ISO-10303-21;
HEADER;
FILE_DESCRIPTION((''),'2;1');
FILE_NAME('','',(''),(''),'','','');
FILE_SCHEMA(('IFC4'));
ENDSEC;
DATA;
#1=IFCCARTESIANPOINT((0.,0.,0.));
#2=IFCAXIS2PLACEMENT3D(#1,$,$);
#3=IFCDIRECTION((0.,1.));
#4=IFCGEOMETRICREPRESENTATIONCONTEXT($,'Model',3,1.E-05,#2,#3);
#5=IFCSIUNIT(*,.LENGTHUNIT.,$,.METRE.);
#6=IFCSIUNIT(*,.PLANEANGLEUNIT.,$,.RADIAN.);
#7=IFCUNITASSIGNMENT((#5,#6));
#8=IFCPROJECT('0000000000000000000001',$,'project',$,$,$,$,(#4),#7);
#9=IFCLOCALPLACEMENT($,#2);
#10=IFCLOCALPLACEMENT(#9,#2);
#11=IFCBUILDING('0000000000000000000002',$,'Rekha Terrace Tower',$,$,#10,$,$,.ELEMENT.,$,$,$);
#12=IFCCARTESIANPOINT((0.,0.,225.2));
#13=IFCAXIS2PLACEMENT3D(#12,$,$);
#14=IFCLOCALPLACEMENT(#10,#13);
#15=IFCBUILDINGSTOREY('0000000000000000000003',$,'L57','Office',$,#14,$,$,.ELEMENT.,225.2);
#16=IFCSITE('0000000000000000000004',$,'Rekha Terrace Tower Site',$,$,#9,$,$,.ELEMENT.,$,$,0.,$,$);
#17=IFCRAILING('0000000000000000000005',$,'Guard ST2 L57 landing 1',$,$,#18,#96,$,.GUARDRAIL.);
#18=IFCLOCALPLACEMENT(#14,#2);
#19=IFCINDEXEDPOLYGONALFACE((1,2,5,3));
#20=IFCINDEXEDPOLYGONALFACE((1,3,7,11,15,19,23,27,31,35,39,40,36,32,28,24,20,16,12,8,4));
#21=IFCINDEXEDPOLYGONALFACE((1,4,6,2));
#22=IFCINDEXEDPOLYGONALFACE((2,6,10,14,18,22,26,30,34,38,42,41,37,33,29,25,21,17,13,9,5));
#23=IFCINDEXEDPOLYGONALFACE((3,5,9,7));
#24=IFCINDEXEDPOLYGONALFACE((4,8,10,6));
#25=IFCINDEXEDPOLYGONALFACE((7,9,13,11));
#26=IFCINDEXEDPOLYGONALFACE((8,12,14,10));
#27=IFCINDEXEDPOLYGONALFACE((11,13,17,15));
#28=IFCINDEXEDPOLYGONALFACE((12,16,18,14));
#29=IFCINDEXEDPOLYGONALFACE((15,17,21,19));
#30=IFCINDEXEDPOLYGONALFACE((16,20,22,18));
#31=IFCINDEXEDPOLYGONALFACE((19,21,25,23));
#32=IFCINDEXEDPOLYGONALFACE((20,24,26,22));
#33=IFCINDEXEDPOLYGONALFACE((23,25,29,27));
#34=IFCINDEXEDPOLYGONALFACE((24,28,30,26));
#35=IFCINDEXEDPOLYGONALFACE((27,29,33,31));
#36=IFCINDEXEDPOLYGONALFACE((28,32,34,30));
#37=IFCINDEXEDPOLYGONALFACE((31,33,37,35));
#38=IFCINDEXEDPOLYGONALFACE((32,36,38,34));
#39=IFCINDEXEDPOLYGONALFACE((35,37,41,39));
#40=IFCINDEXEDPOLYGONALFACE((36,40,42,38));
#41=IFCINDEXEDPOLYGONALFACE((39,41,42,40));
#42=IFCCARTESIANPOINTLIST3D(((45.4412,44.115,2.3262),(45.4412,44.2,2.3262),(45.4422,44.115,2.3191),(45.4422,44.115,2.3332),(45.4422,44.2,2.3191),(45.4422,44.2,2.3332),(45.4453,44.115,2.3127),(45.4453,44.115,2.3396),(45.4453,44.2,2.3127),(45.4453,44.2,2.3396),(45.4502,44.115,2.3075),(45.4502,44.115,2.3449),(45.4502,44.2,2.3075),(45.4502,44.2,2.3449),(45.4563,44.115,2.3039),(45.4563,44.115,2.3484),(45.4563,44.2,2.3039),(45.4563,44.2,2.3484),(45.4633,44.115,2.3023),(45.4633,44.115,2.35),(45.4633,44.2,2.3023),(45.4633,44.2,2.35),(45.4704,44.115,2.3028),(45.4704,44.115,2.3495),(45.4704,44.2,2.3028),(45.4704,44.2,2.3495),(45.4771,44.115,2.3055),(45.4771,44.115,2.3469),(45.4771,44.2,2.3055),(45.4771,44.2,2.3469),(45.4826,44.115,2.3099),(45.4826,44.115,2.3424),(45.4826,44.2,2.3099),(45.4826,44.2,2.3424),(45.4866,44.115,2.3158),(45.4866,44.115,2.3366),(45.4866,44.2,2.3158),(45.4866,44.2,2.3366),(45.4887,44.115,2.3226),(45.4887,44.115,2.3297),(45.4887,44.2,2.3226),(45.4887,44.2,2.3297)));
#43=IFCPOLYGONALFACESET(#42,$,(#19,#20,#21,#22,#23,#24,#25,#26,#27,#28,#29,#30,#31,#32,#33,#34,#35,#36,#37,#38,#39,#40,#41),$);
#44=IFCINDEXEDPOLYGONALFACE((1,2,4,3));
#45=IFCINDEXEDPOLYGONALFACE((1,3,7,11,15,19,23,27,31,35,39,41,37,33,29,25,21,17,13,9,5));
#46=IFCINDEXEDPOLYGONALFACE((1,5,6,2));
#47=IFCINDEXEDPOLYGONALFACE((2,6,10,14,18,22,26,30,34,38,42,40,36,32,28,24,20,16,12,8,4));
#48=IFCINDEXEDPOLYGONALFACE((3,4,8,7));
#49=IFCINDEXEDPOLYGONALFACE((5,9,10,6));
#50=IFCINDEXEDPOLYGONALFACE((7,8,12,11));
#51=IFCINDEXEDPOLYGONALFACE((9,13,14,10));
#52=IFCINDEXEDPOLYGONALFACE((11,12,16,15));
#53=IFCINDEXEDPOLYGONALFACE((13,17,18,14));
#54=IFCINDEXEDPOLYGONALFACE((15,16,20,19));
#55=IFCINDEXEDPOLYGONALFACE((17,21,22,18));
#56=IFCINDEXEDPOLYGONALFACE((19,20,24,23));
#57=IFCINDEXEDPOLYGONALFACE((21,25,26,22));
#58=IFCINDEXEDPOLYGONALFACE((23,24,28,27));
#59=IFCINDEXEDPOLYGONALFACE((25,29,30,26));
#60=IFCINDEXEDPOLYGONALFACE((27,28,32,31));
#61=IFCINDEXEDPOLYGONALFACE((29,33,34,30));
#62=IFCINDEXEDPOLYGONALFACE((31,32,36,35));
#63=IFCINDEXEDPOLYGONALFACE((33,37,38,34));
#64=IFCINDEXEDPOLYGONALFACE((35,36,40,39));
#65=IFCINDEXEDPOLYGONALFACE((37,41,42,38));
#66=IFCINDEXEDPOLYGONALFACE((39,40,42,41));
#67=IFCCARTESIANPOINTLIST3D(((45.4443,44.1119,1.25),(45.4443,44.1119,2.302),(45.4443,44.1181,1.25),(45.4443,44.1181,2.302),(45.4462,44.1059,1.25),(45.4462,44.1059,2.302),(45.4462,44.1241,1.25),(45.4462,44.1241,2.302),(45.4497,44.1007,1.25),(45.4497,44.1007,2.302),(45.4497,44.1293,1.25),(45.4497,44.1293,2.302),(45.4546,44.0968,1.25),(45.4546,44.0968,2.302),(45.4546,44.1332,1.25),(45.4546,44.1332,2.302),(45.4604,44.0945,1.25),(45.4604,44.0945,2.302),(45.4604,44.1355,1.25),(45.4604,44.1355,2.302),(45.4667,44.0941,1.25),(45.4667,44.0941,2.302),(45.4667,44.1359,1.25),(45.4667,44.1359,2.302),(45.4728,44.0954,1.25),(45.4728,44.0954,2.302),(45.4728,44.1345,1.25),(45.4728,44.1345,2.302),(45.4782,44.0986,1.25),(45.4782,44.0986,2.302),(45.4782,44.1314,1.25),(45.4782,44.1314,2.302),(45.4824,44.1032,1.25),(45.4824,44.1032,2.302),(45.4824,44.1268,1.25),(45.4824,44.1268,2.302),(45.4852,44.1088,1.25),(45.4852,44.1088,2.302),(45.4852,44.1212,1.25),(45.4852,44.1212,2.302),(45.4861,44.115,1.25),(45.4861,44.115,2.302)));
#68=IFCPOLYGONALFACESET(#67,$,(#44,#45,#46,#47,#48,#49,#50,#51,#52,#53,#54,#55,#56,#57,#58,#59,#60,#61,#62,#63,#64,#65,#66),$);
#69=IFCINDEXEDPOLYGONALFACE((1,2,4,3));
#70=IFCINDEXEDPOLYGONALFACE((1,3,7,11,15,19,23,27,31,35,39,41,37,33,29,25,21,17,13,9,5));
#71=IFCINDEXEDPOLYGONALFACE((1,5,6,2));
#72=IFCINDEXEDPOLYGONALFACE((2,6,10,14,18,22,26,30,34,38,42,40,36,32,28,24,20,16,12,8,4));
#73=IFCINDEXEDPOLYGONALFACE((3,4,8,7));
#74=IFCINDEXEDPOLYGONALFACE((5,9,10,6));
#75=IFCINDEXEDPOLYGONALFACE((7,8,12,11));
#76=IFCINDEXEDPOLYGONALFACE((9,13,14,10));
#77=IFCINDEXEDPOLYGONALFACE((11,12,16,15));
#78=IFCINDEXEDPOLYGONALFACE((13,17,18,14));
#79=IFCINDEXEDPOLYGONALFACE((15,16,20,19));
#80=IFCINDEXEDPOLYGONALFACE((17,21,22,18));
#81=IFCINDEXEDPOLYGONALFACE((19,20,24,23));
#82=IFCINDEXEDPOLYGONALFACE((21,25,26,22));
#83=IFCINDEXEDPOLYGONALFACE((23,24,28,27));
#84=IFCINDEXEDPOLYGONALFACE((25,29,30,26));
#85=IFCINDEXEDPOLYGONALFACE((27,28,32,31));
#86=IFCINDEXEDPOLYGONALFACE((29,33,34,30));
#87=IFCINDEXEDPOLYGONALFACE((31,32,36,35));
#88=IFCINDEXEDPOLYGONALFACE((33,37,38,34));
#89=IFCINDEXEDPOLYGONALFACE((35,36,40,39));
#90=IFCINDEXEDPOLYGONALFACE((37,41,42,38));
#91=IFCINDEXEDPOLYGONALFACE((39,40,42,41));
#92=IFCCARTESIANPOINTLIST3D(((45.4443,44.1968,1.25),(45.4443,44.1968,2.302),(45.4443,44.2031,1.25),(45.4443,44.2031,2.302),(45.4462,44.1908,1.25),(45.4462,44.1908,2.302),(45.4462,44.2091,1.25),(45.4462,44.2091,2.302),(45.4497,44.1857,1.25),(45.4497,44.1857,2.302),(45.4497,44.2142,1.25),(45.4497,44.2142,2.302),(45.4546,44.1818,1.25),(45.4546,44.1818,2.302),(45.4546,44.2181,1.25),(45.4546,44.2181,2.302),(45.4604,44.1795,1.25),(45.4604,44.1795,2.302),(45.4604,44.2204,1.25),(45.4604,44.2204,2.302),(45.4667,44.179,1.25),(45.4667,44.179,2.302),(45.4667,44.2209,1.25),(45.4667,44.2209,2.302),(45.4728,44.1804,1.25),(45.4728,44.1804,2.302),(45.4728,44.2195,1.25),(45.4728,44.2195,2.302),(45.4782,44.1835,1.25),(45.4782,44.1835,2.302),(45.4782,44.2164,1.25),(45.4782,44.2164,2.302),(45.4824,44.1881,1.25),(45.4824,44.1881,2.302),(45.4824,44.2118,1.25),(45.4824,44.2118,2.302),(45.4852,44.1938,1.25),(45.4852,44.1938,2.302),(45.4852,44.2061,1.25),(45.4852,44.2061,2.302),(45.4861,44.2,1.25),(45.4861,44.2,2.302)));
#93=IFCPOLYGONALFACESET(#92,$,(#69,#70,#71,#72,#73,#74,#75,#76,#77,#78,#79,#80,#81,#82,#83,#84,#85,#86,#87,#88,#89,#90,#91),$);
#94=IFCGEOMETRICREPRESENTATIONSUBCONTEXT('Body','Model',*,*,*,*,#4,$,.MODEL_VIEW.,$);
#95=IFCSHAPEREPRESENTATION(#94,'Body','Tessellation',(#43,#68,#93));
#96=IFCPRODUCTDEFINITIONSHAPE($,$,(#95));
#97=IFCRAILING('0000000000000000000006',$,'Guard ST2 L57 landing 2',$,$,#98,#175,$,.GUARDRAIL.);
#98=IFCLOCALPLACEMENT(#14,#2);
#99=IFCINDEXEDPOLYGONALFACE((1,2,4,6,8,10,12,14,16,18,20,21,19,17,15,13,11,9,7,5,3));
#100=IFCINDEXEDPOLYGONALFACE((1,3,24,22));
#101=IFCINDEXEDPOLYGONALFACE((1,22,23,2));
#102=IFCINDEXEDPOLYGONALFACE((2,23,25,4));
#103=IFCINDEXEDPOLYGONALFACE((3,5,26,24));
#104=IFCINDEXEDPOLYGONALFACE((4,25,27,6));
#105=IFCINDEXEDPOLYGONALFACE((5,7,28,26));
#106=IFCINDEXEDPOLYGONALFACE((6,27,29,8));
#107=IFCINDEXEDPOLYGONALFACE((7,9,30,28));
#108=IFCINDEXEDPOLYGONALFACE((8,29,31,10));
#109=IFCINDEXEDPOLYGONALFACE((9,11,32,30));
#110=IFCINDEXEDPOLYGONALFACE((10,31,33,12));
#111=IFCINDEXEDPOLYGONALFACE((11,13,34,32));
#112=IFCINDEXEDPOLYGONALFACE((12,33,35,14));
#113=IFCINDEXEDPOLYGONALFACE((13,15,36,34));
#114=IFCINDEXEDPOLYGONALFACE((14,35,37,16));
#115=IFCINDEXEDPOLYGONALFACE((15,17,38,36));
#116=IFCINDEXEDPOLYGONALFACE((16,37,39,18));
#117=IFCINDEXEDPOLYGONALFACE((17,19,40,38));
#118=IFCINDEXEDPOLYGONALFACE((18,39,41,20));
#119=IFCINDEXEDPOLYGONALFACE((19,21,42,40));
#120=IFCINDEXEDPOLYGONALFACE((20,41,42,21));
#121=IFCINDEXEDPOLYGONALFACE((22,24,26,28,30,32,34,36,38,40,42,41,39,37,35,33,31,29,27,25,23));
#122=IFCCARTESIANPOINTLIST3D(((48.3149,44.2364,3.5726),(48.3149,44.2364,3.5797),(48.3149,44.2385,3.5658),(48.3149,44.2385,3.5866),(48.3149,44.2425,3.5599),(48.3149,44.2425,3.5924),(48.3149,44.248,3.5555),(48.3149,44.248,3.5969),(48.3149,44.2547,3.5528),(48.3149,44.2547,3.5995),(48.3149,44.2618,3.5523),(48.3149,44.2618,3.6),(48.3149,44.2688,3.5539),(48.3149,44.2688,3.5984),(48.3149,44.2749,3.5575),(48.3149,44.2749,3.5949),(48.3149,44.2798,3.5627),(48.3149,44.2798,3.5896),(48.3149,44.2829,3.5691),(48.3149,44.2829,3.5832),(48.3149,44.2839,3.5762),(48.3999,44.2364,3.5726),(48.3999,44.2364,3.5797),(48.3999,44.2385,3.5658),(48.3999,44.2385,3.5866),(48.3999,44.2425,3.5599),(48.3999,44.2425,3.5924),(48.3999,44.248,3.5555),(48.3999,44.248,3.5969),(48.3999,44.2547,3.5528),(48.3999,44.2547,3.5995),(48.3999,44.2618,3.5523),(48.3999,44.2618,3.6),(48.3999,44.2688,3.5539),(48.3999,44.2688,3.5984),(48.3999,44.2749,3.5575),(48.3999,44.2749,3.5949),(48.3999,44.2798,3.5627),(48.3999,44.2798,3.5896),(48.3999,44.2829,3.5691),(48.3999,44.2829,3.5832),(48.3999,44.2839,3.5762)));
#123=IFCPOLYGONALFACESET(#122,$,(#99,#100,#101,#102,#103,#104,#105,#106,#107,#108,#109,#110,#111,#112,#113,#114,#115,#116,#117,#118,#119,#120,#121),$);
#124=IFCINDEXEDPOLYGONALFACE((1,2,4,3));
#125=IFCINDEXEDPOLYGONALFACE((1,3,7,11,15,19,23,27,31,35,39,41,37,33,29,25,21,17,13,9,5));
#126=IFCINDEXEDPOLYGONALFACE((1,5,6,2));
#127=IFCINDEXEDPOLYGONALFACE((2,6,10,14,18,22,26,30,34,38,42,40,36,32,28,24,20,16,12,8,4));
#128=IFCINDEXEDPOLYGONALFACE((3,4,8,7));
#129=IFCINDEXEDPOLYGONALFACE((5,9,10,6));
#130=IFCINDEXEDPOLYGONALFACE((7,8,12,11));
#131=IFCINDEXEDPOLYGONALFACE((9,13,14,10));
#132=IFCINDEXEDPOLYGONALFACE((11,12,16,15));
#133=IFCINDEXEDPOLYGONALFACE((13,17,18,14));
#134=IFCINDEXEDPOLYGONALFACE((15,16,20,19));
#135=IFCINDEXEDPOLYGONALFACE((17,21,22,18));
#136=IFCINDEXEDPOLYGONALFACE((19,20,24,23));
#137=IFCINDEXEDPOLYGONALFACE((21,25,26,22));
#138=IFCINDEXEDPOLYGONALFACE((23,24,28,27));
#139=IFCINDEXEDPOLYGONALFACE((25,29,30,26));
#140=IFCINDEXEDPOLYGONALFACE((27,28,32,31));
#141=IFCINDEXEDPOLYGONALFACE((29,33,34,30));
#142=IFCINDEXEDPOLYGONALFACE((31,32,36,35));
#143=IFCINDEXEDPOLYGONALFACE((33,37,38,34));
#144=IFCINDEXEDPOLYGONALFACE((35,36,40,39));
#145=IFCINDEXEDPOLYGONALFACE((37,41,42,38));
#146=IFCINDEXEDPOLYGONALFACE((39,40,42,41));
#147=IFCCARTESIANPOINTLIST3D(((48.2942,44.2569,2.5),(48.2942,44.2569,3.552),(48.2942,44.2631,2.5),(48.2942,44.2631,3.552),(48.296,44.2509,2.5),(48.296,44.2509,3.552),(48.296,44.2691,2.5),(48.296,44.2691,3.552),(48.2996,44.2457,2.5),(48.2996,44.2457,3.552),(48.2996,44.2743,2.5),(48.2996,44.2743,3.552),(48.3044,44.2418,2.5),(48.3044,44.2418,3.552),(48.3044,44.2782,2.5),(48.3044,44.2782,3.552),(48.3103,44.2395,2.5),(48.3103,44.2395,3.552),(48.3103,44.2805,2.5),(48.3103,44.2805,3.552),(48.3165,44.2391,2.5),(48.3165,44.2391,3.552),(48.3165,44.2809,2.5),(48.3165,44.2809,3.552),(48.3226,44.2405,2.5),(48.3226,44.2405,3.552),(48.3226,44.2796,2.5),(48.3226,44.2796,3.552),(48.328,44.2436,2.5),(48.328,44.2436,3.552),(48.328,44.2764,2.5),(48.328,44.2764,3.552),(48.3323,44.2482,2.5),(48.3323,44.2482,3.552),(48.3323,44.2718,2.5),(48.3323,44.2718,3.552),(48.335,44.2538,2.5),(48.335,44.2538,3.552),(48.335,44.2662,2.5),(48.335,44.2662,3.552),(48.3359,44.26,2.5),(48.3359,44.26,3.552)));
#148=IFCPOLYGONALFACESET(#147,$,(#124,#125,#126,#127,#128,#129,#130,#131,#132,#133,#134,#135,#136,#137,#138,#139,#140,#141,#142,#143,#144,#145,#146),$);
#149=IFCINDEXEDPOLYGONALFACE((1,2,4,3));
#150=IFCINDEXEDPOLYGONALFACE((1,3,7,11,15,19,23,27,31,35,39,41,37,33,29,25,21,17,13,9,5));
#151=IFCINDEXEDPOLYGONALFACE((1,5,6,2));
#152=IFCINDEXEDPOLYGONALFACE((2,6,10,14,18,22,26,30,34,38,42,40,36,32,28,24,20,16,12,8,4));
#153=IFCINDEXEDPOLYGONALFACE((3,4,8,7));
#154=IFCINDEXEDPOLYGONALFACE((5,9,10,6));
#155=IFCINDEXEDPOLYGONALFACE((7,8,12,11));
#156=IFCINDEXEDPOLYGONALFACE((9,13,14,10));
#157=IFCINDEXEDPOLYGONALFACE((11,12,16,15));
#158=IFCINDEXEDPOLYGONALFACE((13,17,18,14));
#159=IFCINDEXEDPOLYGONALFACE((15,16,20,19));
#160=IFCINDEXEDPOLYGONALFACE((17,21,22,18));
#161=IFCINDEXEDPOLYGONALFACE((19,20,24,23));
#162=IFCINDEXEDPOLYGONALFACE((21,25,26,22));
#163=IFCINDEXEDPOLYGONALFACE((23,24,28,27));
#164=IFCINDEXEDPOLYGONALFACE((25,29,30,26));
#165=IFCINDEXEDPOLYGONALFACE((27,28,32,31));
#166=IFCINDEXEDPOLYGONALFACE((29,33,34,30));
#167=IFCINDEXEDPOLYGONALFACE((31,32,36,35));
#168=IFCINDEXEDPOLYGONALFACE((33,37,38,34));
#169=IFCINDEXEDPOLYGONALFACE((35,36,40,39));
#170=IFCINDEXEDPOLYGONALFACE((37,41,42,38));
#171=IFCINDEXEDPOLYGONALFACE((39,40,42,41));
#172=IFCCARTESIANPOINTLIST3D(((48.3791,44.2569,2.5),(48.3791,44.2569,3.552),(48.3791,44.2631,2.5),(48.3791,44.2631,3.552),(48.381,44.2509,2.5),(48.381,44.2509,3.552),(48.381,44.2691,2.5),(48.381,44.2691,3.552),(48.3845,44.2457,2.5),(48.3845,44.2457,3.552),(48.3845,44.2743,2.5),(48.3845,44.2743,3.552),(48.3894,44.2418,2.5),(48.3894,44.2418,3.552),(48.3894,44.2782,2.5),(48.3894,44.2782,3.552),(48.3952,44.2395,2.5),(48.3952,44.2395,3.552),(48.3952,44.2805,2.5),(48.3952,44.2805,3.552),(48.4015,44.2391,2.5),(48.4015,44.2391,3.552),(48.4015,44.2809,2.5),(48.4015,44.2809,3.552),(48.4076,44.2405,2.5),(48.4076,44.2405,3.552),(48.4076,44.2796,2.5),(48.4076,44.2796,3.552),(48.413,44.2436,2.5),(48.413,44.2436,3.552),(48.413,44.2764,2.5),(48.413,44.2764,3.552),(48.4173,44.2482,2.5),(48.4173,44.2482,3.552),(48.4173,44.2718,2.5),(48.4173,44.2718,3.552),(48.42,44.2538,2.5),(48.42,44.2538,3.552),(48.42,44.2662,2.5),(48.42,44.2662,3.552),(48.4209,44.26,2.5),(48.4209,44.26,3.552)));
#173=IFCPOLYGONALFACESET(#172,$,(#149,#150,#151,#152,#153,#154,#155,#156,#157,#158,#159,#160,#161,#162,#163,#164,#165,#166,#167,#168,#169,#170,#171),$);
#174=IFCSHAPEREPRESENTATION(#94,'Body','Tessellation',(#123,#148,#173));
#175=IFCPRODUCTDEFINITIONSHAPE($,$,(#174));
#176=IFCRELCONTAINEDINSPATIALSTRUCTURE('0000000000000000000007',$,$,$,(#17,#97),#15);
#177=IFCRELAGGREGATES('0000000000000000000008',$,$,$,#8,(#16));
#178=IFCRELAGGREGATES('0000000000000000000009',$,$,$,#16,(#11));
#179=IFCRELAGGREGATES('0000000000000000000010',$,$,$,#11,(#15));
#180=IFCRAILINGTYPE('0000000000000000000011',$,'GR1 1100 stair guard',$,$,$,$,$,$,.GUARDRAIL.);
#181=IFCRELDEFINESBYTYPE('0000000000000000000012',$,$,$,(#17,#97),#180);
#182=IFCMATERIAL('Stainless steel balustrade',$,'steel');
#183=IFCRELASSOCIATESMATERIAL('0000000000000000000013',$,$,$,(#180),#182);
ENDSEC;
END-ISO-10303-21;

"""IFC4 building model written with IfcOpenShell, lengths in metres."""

from ifc_helpers import new_model, si_unit, direction, frame, origin, origin_2d, place, context, subcontext, project, spatial, circle, extrude, material, type_object, element, save


model = new_model("IFC4")

# Units and contexts
model_context = context("Model", 3, precision=1e-05, world=origin(), true_north=direction((0.0, 1.0)))
body_context = subcontext(model_context, "Body", "Model", "MODEL_VIEW")
ifc_project = project(units=[si_unit("LENGTHUNIT", "METRE"), si_unit("PLANEANGLEUNIT", "RADIAN")], contexts=[model_context])

# Site, building, storey
site_placement = place(None, origin())
site = spatial("IfcSite", under=ifc_project, at=site_placement, Name="Rekha Terrace Tower Site", CompositionType="ELEMENT", RefElevation=0.0)
building_placement = place(site_placement, origin())
building = spatial("IfcBuilding", under=site, at=building_placement, Name="Rekha Terrace Tower", CompositionType="ELEMENT")
storey_placement = place(building_placement, frame((0.0, 0.0, 225.2)))
storey = spatial("IfcBuildingStorey", under=building, at=storey_placement, Name="L57", Description="Office", CompositionType="ELEMENT", Elevation=225.2)

# Railings
ifc_material_1 = material(Name="Stainless steel balustrade", Category="steel")
railing_type_1 = type_object("IfcRailingType", Name="GR1 1100 stair guard", PredefinedType="GUARDRAIL", material=ifc_material_1)
railing_1_placement = place(storey_placement, frame((45.4651, 44.115, 1.25)))
element("IfcRailing", 1, at=railing_1_placement, inside=storey, type_object=railing_type_1, Name="Guard ST2 L57 landing 1", PredefinedType="GUARDRAIL", context=body_context, shape_type="SweptSolid", body=[
    extrude(circle(Radius=0.0239, at=origin_2d()), frame((0.0, 0.0, 1.0762), z_axis=(0.0, 1.0, 0.0), x_axis=(-1.0, 0.0, 0.0)), (0.0, 0.0, 1.0), 0.085),
    extrude(circle(Radius=0.021, at=origin_2d()), origin(), (0.0, 0.0, 1.0), 1.052),
    extrude(circle(Radius=0.021, at=origin_2d()), frame((0.0, 0.085, 0.0)), (0.0, 0.0, 1.0), 1.052),
])
railing_2_placement = place(storey_placement, frame((48.3149, 44.26, 2.5)))
element("IfcRailing", 2, at=railing_2_placement, inside=storey, type_object=railing_type_1, Name="Guard ST2 L57 landing 2", PredefinedType="GUARDRAIL", context=body_context, shape_type="SweptSolid", body=[
    extrude(circle(Radius=0.0239, at=origin_2d()), frame((0.0, 0.0, 1.0762), z_axis=(1.0, 0.0, 0.0), x_axis=(0.0, 1.0, 0.0)), (0.0, 0.0, 1.0), 0.085),
    extrude(circle(Radius=0.021, at=origin_2d()), origin(), (0.0, 0.0, 1.0), 1.052),
    extrude(circle(Radius=0.021, at=origin_2d()), frame((0.085, 0.0, 0.0)), (0.0, 0.0, 1.0), 1.052),
])

save(model, "model.ifc")
